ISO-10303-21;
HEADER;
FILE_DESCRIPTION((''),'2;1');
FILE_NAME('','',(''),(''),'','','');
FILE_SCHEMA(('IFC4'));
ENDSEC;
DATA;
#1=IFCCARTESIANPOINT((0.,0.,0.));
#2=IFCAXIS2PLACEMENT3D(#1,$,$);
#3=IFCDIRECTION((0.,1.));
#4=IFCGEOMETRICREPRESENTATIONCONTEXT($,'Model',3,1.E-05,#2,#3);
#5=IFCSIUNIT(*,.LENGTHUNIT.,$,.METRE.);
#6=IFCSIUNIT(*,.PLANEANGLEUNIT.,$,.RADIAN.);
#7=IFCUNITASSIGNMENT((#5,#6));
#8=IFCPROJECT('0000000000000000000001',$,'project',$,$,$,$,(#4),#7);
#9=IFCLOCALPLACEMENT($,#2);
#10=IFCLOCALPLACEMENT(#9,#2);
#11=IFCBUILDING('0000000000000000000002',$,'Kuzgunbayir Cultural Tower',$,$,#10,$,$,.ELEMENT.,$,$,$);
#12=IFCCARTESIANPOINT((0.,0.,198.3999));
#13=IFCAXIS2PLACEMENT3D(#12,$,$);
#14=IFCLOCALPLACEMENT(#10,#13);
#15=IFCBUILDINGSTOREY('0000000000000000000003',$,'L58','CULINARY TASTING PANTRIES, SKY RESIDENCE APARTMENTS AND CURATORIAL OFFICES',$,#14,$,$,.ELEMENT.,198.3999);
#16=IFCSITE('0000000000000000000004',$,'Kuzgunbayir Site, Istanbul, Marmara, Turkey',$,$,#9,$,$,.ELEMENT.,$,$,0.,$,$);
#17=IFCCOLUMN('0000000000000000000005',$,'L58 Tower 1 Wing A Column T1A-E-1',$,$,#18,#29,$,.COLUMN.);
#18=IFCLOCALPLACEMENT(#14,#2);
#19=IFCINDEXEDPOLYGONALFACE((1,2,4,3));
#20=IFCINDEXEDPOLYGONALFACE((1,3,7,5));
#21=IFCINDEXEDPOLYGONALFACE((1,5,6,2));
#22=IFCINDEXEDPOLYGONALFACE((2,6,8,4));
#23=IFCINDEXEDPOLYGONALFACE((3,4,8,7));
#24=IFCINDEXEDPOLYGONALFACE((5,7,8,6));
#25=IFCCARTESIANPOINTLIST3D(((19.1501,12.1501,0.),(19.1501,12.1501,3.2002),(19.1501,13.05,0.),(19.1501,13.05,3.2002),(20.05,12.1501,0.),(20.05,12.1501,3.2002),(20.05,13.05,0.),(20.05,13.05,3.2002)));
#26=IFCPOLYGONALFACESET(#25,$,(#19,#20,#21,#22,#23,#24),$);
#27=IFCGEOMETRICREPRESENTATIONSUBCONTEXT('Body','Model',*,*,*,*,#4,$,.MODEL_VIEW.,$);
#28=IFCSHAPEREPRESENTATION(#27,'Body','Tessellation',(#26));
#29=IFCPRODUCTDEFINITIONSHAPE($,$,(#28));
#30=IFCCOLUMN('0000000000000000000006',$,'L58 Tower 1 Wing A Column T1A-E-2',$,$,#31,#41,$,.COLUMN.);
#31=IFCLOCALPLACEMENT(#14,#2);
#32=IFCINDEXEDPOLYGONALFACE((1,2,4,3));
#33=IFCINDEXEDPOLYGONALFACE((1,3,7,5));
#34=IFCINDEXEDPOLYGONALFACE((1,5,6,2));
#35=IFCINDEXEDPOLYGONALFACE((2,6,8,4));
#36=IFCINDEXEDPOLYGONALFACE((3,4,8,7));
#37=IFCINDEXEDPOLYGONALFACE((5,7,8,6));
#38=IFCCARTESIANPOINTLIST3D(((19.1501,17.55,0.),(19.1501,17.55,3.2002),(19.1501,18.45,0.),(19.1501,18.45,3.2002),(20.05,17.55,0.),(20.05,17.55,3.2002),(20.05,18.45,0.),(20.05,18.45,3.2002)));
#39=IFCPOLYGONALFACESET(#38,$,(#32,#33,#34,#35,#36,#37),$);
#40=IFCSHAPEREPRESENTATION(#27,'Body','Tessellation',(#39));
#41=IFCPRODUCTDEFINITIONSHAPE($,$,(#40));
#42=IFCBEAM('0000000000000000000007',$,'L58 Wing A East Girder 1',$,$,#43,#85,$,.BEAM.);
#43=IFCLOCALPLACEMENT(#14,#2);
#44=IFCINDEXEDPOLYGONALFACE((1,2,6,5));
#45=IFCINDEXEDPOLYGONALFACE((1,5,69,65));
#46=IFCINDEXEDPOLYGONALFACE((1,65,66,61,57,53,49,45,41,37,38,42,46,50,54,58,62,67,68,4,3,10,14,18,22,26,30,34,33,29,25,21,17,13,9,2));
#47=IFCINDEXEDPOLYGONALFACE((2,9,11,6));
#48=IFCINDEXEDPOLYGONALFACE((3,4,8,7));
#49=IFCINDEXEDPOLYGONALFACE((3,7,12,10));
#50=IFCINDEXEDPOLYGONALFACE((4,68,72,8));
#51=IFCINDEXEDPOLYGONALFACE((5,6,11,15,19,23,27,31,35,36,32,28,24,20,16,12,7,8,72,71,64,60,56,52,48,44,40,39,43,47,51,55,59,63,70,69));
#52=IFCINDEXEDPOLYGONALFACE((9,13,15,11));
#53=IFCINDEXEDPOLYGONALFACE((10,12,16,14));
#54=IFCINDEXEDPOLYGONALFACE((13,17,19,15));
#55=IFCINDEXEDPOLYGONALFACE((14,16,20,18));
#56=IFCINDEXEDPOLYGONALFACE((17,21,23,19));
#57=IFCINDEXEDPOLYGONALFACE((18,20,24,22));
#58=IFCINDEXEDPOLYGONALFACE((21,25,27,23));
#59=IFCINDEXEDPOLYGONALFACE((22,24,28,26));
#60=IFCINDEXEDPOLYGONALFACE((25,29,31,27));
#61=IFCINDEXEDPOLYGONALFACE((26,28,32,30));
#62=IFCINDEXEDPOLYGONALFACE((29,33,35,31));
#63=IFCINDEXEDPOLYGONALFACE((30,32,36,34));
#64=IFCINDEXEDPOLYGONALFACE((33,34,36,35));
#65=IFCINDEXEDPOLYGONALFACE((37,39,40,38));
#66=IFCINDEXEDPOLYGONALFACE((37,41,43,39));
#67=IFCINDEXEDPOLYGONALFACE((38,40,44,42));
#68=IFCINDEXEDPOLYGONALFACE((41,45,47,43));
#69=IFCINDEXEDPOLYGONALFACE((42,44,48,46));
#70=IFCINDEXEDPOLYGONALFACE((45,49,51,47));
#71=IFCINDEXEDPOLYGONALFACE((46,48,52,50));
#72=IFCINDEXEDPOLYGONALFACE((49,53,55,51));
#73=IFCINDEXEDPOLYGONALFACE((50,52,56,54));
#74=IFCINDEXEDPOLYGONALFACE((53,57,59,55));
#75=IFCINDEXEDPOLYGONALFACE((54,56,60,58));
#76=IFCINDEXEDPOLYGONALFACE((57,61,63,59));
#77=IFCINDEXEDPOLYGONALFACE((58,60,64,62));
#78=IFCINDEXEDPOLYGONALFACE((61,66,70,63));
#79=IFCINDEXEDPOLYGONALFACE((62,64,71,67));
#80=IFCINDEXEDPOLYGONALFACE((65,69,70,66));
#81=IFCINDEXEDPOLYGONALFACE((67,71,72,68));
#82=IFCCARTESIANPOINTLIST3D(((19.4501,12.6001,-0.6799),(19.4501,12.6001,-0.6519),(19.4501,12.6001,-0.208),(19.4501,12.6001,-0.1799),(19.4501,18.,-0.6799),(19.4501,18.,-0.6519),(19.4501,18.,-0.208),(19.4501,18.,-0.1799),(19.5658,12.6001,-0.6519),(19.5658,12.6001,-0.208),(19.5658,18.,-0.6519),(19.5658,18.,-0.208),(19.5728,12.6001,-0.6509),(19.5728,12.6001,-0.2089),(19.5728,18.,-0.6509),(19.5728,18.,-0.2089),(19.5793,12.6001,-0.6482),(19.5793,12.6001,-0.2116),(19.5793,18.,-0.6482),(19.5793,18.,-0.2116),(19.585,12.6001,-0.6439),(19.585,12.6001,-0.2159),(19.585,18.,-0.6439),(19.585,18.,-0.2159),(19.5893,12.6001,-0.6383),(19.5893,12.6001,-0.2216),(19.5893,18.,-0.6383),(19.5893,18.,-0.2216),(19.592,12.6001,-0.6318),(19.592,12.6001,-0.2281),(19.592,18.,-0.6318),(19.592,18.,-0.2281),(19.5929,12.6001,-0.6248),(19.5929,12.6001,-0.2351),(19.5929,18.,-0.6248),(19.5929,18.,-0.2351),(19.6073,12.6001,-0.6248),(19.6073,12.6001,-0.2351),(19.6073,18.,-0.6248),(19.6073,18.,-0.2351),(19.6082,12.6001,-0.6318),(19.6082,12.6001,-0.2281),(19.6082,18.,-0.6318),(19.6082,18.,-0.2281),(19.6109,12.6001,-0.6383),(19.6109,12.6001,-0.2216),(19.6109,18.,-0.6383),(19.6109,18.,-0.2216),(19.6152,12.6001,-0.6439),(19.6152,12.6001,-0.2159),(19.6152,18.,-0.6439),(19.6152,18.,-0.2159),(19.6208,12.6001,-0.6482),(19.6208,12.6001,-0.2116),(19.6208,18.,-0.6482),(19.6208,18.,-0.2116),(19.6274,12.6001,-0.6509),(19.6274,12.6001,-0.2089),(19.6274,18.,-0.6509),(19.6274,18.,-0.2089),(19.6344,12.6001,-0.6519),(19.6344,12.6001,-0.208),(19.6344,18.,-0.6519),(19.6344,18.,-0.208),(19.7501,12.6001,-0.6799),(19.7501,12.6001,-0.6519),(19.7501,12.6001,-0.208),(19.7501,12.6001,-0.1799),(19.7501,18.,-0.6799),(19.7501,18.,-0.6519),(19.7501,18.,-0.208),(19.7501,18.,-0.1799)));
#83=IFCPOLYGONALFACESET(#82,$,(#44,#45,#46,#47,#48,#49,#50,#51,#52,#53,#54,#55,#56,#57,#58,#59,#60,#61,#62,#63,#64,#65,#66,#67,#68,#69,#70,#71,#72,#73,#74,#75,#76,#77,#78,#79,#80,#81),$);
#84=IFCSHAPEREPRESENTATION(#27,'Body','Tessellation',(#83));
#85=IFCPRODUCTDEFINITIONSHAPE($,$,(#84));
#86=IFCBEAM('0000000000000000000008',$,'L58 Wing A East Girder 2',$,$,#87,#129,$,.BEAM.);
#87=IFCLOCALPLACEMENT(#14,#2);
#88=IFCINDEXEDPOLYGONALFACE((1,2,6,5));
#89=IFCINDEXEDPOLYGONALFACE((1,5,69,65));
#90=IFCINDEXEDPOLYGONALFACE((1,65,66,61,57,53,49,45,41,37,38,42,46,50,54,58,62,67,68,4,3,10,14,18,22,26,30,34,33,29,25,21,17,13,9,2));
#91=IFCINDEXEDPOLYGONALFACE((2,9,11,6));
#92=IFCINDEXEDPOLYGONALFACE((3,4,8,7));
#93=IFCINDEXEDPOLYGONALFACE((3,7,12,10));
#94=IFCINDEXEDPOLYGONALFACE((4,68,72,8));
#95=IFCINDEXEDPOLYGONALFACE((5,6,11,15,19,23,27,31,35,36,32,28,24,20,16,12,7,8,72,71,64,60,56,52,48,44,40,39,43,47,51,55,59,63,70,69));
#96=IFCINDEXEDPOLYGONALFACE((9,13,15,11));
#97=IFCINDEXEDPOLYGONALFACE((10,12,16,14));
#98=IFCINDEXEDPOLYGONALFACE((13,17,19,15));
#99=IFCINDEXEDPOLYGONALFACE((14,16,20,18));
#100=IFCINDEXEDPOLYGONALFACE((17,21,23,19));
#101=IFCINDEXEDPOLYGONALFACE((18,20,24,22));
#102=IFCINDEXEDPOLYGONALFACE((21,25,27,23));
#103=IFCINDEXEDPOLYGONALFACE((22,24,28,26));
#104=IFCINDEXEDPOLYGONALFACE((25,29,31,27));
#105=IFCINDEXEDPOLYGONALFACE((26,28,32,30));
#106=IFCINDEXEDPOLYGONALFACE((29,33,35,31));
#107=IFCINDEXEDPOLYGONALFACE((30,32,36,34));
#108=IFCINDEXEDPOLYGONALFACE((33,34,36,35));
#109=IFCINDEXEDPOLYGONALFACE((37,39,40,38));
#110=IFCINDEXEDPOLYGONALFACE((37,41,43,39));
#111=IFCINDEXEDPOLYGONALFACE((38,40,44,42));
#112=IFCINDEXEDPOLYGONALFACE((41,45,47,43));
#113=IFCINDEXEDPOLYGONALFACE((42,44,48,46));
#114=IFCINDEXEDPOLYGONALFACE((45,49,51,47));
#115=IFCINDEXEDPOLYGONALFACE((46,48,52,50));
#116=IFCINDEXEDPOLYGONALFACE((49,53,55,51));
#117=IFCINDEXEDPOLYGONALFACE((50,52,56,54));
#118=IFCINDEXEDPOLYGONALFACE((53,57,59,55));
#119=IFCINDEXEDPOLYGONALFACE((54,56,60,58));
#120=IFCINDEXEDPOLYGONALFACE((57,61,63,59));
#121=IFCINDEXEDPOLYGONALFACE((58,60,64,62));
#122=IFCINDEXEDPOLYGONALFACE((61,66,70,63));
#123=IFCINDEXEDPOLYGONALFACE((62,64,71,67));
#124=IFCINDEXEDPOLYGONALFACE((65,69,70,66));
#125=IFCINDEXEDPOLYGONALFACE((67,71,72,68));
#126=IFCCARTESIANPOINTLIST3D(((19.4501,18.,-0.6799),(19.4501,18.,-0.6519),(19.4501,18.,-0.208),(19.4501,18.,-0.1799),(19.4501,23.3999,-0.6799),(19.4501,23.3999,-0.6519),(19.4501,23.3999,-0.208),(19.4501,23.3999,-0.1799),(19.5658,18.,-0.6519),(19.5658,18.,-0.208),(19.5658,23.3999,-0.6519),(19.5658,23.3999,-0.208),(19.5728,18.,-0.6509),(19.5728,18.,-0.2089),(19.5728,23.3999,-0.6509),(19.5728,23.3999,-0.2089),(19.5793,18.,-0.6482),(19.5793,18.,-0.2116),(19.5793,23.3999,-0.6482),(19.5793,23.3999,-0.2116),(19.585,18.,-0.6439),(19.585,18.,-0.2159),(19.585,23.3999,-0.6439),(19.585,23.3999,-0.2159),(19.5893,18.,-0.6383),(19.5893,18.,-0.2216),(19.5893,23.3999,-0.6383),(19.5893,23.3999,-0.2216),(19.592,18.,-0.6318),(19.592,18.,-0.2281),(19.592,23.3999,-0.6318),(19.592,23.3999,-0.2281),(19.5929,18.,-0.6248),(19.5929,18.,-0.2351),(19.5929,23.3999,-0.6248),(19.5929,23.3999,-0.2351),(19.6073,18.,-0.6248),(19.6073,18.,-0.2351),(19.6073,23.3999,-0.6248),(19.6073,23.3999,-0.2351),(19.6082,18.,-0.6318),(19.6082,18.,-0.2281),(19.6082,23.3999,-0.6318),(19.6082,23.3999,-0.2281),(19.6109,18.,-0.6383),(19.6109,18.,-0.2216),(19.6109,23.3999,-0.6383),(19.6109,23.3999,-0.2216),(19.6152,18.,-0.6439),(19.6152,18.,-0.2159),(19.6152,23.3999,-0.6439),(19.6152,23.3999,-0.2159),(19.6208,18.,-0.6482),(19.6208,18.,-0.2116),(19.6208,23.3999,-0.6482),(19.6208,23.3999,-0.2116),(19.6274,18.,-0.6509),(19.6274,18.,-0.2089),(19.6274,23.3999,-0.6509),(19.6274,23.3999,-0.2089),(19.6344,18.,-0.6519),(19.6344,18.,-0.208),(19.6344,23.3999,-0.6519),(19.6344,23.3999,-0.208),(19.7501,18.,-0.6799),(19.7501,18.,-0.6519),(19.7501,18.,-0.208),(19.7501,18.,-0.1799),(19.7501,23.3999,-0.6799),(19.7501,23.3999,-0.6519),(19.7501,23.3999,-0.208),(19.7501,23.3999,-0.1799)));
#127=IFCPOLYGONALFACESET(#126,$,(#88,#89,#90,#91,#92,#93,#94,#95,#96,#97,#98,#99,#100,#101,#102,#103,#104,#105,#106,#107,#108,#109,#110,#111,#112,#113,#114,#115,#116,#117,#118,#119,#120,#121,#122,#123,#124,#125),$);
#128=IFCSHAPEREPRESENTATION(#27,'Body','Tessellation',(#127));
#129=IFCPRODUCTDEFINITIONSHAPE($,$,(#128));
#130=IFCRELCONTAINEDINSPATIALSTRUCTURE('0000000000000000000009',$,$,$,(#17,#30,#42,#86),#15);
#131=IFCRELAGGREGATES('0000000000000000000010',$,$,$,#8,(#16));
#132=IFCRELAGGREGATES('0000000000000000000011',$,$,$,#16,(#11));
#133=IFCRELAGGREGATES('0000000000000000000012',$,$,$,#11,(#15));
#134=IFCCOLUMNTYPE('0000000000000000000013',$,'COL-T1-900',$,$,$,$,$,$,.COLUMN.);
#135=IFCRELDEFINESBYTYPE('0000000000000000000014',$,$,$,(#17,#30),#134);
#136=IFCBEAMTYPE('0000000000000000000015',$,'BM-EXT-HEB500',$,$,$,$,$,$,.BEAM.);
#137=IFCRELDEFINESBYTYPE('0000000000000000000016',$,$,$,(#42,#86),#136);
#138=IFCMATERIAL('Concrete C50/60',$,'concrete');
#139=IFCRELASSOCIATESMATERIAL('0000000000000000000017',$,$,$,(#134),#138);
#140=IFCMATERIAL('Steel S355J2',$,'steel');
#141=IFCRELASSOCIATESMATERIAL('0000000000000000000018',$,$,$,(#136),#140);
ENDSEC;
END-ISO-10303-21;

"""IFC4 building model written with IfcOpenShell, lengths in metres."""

from ifc_helpers import new_model, si_unit, direction, frame, origin, origin_2d, place, context, subcontext, project, spatial, rectangle, i_section, extrude, material, material_profile, profile_set, type_object, element, save


model = new_model("IFC4")

# Units and contexts
model_context = context("Model", 3, precision=1e-05, world=origin(), true_north=direction((0.0, 1.0)))
body_context = subcontext(model_context, "Body", "Model", "MODEL_VIEW")
ifc_project = project(units=[si_unit("LENGTHUNIT", "METRE"), si_unit("PLANEANGLEUNIT", "RADIAN")], contexts=[model_context])

# Site, building, storey
site_placement = place(None, origin())
site = spatial("IfcSite", under=ifc_project, at=site_placement, Name="Kuzgunbayir Site, Istanbul, Marmara, Turkey", CompositionType="ELEMENT", RefElevation=0.0)
building_placement = place(site_placement, origin())
building = spatial("IfcBuilding", under=site, at=building_placement, Name="Kuzgunbayir Cultural Tower", CompositionType="ELEMENT")
storey_placement = place(building_placement, frame((0.0, 0.0, 198.3999)))
storey = spatial("IfcBuildingStorey", under=building, at=storey_placement, Name="L58", Description="CULINARY TASTING PANTRIES, SKY RESIDENCE APARTMENTS AND CURATORIAL OFFICES", CompositionType="ELEMENT", Elevation=198.3999)

# Columns
ifc_material_1 = material(Name="Concrete C50/60", Category="concrete")
ifc_material_profile_1 = material_profile(ifc_material_1, rectangle(XDim=0.8999, YDim=0.8999, at=origin_2d()), Name="RC 900x900")
ifc_profile_set_1 = profile_set([ifc_material_profile_1], Name="Concrete C50/60")
column_type = type_object("IfcColumnType", Name="COL-T1-900", PredefinedType="COLUMN", material=ifc_profile_set_1)
for number, where, z_axis, x_axis, name in (
    (1, (19.6001, 12.6001, 0.0), (0.0, 0.0, 1.0), (1.0, 0.0, 0.0), "L58 Tower 1 Wing A Column T1A-E-1"),
    (2, (19.6001, 18.0, 0.0), (0.0, 0.0, 1.0), (1.0, 0.0, 0.0), "L58 Tower 1 Wing A Column T1A-E-2"),
):
    element("IfcColumn", number, at=place(storey_placement, frame(where, z_axis=z_axis, x_axis=x_axis)), inside=storey, type_object=column_type, Name=name, PredefinedType="COLUMN", context=body_context, shape_type="SweptSolid", body=[
        extrude(rectangle(XDim=0.8999, YDim=0.8999, at=origin_2d()), origin(), (0.0, 0.0, 1.0), 3.2002),
    ])

# Beams
ifc_material_2 = material(Name="Steel S355J2", Category="steel")
ifc_material_profile_2 = material_profile(ifc_material_2, i_section(OverallWidth=0.3, OverallDepth=0.5, WebThickness=0.0144, FlangeThickness=0.0281, FilletRadius=0.0271, at=origin_2d()), Name="HEB 500")
ifc_profile_set_2 = profile_set([ifc_material_profile_2], Name="Steel S355J2")
beam_type = type_object("IfcBeamType", Name="BM-EXT-HEB500", PredefinedType="BEAM", material=ifc_profile_set_2)
for number, where, z_axis, x_axis, name in (
    (3, (19.6001, 12.6001, -0.4299), (0.0, 1.0, 0.0), (-1.0, 0.0, 0.0), "L58 Wing A East Girder 1"),
    (4, (19.6001, 18.0, -0.4299), (0.0, 1.0, 0.0), (-1.0, 0.0, 0.0), "L58 Wing A East Girder 2"),
):
    element("IfcBeam", number, at=place(storey_placement, frame(where, z_axis=z_axis, x_axis=x_axis)), inside=storey, type_object=beam_type, Name=name, PredefinedType="BEAM", context=body_context, shape_type="SweptSolid", body=[
        extrude(i_section(OverallWidth=0.3, OverallDepth=0.5, WebThickness=0.0144, FlangeThickness=0.0281, FilletRadius=0.0271, at=origin_2d()), origin(), (0.0, 0.0, 1.0), 5.3999),
    ])

save(model, "model.ifc")
